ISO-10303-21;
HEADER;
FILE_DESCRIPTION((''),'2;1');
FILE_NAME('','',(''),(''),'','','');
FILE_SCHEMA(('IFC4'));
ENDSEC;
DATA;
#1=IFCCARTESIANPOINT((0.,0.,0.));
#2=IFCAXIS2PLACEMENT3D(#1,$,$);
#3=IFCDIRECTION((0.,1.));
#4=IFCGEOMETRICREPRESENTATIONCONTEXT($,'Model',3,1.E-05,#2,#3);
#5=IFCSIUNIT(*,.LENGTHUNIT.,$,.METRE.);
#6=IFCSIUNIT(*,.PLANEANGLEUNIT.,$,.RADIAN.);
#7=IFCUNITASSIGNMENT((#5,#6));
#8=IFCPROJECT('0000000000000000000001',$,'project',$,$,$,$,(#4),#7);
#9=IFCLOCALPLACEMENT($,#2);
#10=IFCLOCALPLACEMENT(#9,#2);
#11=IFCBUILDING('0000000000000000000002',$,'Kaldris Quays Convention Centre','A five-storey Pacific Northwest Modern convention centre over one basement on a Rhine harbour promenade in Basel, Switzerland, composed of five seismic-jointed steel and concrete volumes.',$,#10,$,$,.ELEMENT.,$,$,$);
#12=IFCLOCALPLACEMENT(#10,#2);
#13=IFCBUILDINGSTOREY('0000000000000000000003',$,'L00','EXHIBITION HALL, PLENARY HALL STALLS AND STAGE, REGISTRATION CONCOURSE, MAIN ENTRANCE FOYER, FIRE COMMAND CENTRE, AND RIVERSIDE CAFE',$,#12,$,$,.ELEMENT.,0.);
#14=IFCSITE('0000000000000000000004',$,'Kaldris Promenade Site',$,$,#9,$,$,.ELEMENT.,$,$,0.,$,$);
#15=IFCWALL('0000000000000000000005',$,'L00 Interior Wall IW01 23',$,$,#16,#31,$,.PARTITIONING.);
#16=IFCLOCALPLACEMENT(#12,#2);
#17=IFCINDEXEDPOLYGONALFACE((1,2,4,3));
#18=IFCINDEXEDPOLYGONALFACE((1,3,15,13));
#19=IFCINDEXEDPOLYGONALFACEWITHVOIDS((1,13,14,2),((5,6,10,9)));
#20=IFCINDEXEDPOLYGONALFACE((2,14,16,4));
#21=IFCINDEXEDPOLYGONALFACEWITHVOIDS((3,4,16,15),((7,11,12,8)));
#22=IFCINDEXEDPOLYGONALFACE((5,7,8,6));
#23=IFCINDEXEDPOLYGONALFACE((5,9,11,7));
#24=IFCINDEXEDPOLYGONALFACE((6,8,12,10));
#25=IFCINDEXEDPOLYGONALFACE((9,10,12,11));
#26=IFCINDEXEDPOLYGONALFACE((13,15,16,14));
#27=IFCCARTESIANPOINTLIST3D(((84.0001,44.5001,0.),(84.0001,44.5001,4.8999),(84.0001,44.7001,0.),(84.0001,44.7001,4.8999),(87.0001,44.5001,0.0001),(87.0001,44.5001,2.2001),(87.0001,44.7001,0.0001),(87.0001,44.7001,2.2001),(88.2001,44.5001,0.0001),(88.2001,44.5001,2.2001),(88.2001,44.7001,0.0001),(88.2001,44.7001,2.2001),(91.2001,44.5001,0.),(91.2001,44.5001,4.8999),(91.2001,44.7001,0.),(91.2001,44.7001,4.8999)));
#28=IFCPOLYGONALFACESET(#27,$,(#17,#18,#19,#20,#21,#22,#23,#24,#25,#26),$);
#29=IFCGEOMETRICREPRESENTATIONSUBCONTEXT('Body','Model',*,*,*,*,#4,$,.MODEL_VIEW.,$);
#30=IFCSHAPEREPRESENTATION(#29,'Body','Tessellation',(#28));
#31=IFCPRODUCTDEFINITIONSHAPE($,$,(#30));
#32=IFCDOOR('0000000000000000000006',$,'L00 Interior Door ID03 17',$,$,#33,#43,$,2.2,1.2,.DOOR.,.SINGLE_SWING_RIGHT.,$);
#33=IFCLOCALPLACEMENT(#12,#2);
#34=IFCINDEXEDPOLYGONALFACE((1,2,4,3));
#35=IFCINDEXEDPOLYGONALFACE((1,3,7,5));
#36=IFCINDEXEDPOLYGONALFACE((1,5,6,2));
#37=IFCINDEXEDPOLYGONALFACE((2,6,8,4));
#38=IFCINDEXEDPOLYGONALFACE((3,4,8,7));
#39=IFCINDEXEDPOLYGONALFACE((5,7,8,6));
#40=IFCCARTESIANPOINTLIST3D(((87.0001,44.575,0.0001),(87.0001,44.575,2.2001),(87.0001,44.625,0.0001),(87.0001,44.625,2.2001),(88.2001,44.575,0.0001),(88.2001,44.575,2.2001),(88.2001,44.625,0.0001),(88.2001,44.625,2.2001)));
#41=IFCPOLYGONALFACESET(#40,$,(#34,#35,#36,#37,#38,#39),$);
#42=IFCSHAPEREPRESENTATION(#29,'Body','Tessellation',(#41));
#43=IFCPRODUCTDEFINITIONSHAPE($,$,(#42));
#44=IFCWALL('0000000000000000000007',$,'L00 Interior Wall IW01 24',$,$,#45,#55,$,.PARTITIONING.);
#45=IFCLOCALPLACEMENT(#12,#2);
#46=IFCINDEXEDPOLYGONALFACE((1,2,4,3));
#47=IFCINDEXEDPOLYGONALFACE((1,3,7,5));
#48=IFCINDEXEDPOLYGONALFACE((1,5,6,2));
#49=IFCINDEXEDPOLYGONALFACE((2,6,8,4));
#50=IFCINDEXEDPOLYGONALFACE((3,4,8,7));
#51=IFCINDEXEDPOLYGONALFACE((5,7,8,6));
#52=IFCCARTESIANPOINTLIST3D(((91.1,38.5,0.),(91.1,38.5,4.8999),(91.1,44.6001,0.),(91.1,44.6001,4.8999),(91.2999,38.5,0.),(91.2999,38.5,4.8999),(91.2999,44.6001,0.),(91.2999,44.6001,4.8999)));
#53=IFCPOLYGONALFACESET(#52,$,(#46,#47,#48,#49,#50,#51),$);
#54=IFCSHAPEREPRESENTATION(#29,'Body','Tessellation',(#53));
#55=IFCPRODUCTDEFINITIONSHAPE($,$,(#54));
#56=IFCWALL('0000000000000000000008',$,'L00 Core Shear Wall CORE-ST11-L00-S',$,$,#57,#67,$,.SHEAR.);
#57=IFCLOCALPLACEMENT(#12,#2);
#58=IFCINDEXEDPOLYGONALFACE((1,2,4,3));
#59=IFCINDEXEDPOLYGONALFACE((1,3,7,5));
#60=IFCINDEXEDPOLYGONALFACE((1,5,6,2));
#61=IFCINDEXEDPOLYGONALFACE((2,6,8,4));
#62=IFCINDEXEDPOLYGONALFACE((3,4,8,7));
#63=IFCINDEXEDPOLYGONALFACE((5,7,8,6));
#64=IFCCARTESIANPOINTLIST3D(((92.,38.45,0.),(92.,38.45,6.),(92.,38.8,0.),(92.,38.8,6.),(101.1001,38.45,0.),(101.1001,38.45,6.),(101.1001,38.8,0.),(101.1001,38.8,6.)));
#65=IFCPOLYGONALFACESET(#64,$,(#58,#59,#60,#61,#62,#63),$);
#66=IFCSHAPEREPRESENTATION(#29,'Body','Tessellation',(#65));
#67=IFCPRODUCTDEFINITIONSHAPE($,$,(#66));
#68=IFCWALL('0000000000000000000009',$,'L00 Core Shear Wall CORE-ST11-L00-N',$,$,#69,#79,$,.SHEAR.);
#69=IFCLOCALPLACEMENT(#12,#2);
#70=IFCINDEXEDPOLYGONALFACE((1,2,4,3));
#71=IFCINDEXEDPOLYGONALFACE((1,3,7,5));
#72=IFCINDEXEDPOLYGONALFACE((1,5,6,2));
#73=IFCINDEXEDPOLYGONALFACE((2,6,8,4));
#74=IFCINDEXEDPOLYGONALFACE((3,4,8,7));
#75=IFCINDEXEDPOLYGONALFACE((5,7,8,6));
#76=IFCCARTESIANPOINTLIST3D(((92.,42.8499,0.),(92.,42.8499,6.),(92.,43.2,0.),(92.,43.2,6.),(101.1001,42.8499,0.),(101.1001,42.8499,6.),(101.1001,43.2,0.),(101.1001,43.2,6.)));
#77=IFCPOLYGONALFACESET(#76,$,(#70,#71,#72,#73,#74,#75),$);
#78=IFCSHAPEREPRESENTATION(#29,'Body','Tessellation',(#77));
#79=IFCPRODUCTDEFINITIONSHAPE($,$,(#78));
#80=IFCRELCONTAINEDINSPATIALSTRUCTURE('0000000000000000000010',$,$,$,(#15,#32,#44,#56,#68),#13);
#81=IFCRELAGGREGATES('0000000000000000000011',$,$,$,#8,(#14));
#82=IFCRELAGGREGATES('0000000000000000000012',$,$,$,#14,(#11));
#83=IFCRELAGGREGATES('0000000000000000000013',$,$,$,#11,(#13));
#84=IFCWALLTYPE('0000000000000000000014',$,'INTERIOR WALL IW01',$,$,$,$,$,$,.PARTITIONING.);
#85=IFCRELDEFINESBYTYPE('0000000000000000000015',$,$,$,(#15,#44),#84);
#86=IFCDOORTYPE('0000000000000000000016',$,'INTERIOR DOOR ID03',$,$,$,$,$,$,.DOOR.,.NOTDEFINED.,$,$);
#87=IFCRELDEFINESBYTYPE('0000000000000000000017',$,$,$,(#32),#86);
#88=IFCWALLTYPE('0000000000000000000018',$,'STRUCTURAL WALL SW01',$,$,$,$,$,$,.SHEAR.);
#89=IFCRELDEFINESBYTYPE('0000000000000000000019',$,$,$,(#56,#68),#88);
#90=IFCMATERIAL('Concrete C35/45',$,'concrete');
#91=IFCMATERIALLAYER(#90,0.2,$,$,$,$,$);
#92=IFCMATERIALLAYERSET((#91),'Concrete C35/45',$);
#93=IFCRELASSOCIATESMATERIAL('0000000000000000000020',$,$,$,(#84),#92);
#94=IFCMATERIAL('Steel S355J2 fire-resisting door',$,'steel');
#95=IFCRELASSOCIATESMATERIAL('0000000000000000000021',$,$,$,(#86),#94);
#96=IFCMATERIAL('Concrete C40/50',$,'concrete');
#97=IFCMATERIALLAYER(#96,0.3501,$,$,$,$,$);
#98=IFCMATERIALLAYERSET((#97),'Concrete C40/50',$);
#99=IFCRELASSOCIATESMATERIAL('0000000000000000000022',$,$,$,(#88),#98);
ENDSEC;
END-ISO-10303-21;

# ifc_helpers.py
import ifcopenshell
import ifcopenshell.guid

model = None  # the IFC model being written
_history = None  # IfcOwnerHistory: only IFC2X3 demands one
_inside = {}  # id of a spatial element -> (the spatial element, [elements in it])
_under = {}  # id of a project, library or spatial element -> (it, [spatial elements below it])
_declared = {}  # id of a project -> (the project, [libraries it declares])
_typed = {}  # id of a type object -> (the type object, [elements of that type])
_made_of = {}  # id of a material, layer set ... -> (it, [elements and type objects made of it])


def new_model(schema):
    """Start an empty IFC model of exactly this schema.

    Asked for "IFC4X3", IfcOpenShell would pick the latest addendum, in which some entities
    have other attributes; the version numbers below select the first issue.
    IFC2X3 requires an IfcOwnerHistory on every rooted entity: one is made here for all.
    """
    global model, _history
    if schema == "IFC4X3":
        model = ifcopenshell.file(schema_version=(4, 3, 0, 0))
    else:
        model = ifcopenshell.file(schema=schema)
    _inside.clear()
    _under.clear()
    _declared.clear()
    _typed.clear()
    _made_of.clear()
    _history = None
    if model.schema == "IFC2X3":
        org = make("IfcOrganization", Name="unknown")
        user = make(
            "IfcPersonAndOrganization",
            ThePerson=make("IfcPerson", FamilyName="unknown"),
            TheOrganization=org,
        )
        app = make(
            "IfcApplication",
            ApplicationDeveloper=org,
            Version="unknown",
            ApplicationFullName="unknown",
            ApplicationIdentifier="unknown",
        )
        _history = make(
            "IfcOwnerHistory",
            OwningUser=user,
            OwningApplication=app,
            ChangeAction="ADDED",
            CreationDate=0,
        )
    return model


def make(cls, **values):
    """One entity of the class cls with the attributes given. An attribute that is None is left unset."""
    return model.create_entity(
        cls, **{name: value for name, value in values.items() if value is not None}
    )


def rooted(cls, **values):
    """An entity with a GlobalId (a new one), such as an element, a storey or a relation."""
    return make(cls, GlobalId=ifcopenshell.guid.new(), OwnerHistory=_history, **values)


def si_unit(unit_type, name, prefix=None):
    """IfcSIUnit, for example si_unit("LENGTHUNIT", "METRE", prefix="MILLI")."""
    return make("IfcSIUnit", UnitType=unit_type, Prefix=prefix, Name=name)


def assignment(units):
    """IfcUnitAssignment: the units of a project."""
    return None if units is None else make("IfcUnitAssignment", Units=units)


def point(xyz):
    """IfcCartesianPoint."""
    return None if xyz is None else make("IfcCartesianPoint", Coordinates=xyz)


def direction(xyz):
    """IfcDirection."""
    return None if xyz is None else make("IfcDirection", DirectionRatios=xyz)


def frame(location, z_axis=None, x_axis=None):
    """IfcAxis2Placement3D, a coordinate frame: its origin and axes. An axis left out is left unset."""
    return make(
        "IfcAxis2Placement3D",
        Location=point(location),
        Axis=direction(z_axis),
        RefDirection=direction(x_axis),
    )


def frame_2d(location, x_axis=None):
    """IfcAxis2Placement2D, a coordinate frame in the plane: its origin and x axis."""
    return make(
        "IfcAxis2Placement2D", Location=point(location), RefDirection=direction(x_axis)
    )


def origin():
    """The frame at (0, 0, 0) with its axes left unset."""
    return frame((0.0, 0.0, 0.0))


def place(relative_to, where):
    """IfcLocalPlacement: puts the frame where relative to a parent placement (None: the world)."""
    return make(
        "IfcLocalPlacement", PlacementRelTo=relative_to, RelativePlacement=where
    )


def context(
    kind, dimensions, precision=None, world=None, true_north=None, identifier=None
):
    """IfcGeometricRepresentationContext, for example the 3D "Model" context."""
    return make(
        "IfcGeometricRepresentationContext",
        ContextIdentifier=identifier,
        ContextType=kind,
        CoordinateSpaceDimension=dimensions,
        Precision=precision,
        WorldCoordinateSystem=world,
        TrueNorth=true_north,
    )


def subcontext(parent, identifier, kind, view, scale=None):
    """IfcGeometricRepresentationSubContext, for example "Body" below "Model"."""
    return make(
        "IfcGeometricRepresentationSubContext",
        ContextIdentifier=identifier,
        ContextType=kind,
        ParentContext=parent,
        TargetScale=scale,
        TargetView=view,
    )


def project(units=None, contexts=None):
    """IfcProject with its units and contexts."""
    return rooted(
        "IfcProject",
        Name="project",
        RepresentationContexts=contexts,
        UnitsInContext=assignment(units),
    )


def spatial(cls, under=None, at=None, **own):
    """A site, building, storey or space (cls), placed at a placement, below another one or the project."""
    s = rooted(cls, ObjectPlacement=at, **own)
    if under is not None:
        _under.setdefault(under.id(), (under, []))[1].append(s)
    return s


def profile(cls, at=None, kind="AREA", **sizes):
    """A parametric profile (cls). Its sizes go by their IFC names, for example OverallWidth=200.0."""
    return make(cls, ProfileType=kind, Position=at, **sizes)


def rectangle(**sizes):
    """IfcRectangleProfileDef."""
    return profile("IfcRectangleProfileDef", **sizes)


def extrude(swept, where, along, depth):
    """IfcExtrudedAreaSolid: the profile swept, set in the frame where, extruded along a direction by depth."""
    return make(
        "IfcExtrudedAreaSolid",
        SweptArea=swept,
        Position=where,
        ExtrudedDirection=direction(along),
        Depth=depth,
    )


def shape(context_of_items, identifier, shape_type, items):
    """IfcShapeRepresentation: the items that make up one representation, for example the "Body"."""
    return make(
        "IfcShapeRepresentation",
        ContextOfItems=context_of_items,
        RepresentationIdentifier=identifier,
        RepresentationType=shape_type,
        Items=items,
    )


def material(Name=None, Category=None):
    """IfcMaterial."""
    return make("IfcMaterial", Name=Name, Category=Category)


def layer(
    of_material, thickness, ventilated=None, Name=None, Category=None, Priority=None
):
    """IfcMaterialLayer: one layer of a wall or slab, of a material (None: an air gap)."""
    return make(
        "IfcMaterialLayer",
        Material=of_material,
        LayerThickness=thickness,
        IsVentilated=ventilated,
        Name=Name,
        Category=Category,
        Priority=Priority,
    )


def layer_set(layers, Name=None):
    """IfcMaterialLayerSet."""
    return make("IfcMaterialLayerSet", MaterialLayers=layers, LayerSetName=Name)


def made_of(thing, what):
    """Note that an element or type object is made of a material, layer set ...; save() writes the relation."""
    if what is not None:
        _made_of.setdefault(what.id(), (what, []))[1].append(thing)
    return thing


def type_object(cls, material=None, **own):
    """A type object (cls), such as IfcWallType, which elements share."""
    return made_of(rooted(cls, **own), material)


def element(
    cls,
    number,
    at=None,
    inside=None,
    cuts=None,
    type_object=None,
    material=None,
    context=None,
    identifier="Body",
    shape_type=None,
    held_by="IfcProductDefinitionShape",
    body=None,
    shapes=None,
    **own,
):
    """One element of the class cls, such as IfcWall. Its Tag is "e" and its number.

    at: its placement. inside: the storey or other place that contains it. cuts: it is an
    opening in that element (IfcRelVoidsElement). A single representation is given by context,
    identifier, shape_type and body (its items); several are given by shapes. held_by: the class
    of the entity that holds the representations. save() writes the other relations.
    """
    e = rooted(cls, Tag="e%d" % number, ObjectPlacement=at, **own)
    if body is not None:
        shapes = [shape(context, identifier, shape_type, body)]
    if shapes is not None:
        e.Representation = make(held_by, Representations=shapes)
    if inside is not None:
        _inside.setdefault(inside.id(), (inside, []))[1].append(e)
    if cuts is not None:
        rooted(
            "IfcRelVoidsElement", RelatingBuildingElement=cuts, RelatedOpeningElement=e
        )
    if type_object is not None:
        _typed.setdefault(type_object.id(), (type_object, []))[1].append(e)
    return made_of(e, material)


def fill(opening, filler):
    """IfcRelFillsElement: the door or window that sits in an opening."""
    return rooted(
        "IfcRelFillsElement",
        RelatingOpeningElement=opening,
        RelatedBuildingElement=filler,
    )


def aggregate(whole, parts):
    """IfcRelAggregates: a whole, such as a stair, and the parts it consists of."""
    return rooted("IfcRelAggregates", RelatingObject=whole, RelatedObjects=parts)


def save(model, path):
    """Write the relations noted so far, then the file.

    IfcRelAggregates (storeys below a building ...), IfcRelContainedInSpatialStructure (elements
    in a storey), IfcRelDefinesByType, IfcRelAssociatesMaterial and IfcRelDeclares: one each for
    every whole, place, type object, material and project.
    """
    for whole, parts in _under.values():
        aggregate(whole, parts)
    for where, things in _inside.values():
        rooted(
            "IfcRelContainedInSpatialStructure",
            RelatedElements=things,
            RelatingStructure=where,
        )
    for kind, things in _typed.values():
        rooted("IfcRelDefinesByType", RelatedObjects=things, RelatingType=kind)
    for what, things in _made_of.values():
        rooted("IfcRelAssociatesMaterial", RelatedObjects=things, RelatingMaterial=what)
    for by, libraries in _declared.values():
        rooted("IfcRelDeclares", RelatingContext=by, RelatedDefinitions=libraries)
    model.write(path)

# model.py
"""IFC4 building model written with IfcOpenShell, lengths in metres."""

from ifc_helpers import new_model, si_unit, direction, frame, frame_2d, origin, place, context, subcontext, project, spatial, rectangle, extrude, material, layer, layer_set, type_object, element, fill, save


model = new_model("IFC4")

# Units and contexts
model_context = context("Model", 3, precision=1e-05, world=origin(), true_north=direction((0.0, 1.0)))
body_context = subcontext(model_context, "Body", "Model", "MODEL_VIEW")
ifc_project = project(units=[si_unit("LENGTHUNIT", "METRE"), si_unit("PLANEANGLEUNIT", "RADIAN")], contexts=[model_context])

# Site, building, storey
site_placement = place(None, origin())
site = spatial("IfcSite", under=ifc_project, at=site_placement, Name="Kaldris Promenade Site", CompositionType="ELEMENT", RefElevation=0.0)
building_placement = place(site_placement, origin())
building = spatial("IfcBuilding", under=site, at=building_placement, Name="Kaldris Quays Convention Centre", Description="A five-storey Pacific Northwest Modern convention centre over one basement on a Rhine harbour promenade in Basel, Switzerland, composed of five seismic-jointed steel and concrete volumes.", CompositionType="ELEMENT")
storey_placement = place(building_placement, origin())
storey = spatial("IfcBuildingStorey", under=building, at=storey_placement, Name="L00", Description="EXHIBITION HALL, PLENARY HALL STALLS AND STAGE, REGISTRATION CONCOURSE, MAIN ENTRANCE FOYER, FIRE COMMAND CENTRE, AND RIVERSIDE CAFE", CompositionType="ELEMENT", Elevation=0.0)

# Wall, opening, door
ifc_material_1 = material(Name="Concrete C35/45", Category="concrete")
ifc_layer_1 = layer(ifc_material_1, 0.2)
ifc_layer_set_1 = layer_set([ifc_layer_1], Name="Concrete C35/45")
wall_type_1 = type_object("IfcWallType", Name="INTERIOR WALL IW01", PredefinedType="PARTITIONING", material=ifc_layer_set_1)
wall_1_placement = place(storey_placement, frame((84.0, 44.6001, 0.0), z_axis=(0.0, 0.0, 1.0), x_axis=(1.0, 0.0, 0.0)))
wall_1 = element("IfcWall", 1, at=wall_1_placement, inside=storey, type_object=wall_type_1, Name="L00 Interior Wall IW01 23", PredefinedType="PARTITIONING", context=body_context, shape_type="SweptSolid", body=[
    extrude(rectangle(XDim=7.2, YDim=0.2, at=frame_2d((3.6001, 0.0))), origin(), (0.0, 0.0, 1.0), 4.8999),
])
opening_placement = place(wall_1_placement, frame((3.0, 0.0, 0.0)))
opening = element("IfcOpeningElement", 2, at=opening_placement, cuts=wall_1, PredefinedType="OPENING", context=body_context, shape_type="SweptSolid", body=[
    extrude(rectangle(XDim=1.2, YDim=2.2, at=frame_2d((0.6001, 1.1001))), frame((0.0, 0.1099, 0.0), z_axis=(0.0, -1.0, 0.0), x_axis=(1.0, 0.0, 0.0)), (0.0, 0.0, 1.0), 0.22),
])
ifc_material_2 = material(Name="Steel S355J2 fire-resisting door", Category="steel")
door_type = type_object("IfcDoorType", Name="INTERIOR DOOR ID03", OperationType="NOTDEFINED", PredefinedType="DOOR", material=ifc_material_2)
door_placement = place(opening_placement, origin())
door = element("IfcDoor", 3, at=door_placement, inside=storey, type_object=door_type, Name="L00 Interior Door ID03 17", OperationType="SINGLE_SWING_RIGHT", OverallHeight=2.2, OverallWidth=1.2, PredefinedType="DOOR", context=body_context, shape_type="SweptSolid", body=[
    extrude(rectangle(XDim=1.2, YDim=2.2, at=frame_2d((0.6001, 1.1001))), frame((0.0, 0.0249, 0.0), z_axis=(0.0, -1.0, 0.0), x_axis=(1.0, 0.0, 0.0)), (0.0, 0.0, 1.0), 0.05),
])
fill(opening, door)

# Walls
wall_2_placement = place(storey_placement, frame((91.2, 38.5, 0.0), z_axis=(0.0, 0.0, 1.0), x_axis=(0.0, 1.0, 0.0)))
element("IfcWall", 4, at=wall_2_placement, inside=storey, type_object=wall_type_1, Name="L00 Interior Wall IW01 24", PredefinedType="PARTITIONING", context=body_context, shape_type="SweptSolid", body=[
    extrude(rectangle(XDim=6.1001, YDim=0.2, at=frame_2d((3.05, 0.0))), origin(), (0.0, 0.0, 1.0), 4.8999),
])
ifc_material_3 = material(Name="Concrete C40/50", Category="concrete")
ifc_layer_2 = layer(ifc_material_3, 0.3501)
ifc_layer_set_2 = layer_set([ifc_layer_2], Name="Concrete C40/50")
wall_type_2 = type_object("IfcWallType", Name="STRUCTURAL WALL SW01", PredefinedType="SHEAR", material=ifc_layer_set_2)
for number, where, z_axis, x_axis, name in (
    (5, (92.0, 38.625, 0.0), (0.0, 0.0, 1.0), (1.0, 0.0, 0.0), "L00 Core Shear Wall CORE-ST11-L00-S"),
    (6, (92.0, 43.0249, 0.0), (0.0, 0.0, 1.0), (1.0, 0.0, 0.0), "L00 Core Shear Wall CORE-ST11-L00-N"),
):
    element("IfcWall", number, at=place(storey_placement, frame(where, z_axis=z_axis, x_axis=x_axis)), inside=storey, type_object=wall_type_2, Name=name, PredefinedType="SHEAR", context=body_context, shape_type="SweptSolid", body=[
        extrude(rectangle(XDim=9.1001, YDim=0.3501, at=frame_2d((4.55, 0.0))), origin(), (0.0, 0.0, 1.0), 6.0),
    ])

save(model, "model.ifc")
